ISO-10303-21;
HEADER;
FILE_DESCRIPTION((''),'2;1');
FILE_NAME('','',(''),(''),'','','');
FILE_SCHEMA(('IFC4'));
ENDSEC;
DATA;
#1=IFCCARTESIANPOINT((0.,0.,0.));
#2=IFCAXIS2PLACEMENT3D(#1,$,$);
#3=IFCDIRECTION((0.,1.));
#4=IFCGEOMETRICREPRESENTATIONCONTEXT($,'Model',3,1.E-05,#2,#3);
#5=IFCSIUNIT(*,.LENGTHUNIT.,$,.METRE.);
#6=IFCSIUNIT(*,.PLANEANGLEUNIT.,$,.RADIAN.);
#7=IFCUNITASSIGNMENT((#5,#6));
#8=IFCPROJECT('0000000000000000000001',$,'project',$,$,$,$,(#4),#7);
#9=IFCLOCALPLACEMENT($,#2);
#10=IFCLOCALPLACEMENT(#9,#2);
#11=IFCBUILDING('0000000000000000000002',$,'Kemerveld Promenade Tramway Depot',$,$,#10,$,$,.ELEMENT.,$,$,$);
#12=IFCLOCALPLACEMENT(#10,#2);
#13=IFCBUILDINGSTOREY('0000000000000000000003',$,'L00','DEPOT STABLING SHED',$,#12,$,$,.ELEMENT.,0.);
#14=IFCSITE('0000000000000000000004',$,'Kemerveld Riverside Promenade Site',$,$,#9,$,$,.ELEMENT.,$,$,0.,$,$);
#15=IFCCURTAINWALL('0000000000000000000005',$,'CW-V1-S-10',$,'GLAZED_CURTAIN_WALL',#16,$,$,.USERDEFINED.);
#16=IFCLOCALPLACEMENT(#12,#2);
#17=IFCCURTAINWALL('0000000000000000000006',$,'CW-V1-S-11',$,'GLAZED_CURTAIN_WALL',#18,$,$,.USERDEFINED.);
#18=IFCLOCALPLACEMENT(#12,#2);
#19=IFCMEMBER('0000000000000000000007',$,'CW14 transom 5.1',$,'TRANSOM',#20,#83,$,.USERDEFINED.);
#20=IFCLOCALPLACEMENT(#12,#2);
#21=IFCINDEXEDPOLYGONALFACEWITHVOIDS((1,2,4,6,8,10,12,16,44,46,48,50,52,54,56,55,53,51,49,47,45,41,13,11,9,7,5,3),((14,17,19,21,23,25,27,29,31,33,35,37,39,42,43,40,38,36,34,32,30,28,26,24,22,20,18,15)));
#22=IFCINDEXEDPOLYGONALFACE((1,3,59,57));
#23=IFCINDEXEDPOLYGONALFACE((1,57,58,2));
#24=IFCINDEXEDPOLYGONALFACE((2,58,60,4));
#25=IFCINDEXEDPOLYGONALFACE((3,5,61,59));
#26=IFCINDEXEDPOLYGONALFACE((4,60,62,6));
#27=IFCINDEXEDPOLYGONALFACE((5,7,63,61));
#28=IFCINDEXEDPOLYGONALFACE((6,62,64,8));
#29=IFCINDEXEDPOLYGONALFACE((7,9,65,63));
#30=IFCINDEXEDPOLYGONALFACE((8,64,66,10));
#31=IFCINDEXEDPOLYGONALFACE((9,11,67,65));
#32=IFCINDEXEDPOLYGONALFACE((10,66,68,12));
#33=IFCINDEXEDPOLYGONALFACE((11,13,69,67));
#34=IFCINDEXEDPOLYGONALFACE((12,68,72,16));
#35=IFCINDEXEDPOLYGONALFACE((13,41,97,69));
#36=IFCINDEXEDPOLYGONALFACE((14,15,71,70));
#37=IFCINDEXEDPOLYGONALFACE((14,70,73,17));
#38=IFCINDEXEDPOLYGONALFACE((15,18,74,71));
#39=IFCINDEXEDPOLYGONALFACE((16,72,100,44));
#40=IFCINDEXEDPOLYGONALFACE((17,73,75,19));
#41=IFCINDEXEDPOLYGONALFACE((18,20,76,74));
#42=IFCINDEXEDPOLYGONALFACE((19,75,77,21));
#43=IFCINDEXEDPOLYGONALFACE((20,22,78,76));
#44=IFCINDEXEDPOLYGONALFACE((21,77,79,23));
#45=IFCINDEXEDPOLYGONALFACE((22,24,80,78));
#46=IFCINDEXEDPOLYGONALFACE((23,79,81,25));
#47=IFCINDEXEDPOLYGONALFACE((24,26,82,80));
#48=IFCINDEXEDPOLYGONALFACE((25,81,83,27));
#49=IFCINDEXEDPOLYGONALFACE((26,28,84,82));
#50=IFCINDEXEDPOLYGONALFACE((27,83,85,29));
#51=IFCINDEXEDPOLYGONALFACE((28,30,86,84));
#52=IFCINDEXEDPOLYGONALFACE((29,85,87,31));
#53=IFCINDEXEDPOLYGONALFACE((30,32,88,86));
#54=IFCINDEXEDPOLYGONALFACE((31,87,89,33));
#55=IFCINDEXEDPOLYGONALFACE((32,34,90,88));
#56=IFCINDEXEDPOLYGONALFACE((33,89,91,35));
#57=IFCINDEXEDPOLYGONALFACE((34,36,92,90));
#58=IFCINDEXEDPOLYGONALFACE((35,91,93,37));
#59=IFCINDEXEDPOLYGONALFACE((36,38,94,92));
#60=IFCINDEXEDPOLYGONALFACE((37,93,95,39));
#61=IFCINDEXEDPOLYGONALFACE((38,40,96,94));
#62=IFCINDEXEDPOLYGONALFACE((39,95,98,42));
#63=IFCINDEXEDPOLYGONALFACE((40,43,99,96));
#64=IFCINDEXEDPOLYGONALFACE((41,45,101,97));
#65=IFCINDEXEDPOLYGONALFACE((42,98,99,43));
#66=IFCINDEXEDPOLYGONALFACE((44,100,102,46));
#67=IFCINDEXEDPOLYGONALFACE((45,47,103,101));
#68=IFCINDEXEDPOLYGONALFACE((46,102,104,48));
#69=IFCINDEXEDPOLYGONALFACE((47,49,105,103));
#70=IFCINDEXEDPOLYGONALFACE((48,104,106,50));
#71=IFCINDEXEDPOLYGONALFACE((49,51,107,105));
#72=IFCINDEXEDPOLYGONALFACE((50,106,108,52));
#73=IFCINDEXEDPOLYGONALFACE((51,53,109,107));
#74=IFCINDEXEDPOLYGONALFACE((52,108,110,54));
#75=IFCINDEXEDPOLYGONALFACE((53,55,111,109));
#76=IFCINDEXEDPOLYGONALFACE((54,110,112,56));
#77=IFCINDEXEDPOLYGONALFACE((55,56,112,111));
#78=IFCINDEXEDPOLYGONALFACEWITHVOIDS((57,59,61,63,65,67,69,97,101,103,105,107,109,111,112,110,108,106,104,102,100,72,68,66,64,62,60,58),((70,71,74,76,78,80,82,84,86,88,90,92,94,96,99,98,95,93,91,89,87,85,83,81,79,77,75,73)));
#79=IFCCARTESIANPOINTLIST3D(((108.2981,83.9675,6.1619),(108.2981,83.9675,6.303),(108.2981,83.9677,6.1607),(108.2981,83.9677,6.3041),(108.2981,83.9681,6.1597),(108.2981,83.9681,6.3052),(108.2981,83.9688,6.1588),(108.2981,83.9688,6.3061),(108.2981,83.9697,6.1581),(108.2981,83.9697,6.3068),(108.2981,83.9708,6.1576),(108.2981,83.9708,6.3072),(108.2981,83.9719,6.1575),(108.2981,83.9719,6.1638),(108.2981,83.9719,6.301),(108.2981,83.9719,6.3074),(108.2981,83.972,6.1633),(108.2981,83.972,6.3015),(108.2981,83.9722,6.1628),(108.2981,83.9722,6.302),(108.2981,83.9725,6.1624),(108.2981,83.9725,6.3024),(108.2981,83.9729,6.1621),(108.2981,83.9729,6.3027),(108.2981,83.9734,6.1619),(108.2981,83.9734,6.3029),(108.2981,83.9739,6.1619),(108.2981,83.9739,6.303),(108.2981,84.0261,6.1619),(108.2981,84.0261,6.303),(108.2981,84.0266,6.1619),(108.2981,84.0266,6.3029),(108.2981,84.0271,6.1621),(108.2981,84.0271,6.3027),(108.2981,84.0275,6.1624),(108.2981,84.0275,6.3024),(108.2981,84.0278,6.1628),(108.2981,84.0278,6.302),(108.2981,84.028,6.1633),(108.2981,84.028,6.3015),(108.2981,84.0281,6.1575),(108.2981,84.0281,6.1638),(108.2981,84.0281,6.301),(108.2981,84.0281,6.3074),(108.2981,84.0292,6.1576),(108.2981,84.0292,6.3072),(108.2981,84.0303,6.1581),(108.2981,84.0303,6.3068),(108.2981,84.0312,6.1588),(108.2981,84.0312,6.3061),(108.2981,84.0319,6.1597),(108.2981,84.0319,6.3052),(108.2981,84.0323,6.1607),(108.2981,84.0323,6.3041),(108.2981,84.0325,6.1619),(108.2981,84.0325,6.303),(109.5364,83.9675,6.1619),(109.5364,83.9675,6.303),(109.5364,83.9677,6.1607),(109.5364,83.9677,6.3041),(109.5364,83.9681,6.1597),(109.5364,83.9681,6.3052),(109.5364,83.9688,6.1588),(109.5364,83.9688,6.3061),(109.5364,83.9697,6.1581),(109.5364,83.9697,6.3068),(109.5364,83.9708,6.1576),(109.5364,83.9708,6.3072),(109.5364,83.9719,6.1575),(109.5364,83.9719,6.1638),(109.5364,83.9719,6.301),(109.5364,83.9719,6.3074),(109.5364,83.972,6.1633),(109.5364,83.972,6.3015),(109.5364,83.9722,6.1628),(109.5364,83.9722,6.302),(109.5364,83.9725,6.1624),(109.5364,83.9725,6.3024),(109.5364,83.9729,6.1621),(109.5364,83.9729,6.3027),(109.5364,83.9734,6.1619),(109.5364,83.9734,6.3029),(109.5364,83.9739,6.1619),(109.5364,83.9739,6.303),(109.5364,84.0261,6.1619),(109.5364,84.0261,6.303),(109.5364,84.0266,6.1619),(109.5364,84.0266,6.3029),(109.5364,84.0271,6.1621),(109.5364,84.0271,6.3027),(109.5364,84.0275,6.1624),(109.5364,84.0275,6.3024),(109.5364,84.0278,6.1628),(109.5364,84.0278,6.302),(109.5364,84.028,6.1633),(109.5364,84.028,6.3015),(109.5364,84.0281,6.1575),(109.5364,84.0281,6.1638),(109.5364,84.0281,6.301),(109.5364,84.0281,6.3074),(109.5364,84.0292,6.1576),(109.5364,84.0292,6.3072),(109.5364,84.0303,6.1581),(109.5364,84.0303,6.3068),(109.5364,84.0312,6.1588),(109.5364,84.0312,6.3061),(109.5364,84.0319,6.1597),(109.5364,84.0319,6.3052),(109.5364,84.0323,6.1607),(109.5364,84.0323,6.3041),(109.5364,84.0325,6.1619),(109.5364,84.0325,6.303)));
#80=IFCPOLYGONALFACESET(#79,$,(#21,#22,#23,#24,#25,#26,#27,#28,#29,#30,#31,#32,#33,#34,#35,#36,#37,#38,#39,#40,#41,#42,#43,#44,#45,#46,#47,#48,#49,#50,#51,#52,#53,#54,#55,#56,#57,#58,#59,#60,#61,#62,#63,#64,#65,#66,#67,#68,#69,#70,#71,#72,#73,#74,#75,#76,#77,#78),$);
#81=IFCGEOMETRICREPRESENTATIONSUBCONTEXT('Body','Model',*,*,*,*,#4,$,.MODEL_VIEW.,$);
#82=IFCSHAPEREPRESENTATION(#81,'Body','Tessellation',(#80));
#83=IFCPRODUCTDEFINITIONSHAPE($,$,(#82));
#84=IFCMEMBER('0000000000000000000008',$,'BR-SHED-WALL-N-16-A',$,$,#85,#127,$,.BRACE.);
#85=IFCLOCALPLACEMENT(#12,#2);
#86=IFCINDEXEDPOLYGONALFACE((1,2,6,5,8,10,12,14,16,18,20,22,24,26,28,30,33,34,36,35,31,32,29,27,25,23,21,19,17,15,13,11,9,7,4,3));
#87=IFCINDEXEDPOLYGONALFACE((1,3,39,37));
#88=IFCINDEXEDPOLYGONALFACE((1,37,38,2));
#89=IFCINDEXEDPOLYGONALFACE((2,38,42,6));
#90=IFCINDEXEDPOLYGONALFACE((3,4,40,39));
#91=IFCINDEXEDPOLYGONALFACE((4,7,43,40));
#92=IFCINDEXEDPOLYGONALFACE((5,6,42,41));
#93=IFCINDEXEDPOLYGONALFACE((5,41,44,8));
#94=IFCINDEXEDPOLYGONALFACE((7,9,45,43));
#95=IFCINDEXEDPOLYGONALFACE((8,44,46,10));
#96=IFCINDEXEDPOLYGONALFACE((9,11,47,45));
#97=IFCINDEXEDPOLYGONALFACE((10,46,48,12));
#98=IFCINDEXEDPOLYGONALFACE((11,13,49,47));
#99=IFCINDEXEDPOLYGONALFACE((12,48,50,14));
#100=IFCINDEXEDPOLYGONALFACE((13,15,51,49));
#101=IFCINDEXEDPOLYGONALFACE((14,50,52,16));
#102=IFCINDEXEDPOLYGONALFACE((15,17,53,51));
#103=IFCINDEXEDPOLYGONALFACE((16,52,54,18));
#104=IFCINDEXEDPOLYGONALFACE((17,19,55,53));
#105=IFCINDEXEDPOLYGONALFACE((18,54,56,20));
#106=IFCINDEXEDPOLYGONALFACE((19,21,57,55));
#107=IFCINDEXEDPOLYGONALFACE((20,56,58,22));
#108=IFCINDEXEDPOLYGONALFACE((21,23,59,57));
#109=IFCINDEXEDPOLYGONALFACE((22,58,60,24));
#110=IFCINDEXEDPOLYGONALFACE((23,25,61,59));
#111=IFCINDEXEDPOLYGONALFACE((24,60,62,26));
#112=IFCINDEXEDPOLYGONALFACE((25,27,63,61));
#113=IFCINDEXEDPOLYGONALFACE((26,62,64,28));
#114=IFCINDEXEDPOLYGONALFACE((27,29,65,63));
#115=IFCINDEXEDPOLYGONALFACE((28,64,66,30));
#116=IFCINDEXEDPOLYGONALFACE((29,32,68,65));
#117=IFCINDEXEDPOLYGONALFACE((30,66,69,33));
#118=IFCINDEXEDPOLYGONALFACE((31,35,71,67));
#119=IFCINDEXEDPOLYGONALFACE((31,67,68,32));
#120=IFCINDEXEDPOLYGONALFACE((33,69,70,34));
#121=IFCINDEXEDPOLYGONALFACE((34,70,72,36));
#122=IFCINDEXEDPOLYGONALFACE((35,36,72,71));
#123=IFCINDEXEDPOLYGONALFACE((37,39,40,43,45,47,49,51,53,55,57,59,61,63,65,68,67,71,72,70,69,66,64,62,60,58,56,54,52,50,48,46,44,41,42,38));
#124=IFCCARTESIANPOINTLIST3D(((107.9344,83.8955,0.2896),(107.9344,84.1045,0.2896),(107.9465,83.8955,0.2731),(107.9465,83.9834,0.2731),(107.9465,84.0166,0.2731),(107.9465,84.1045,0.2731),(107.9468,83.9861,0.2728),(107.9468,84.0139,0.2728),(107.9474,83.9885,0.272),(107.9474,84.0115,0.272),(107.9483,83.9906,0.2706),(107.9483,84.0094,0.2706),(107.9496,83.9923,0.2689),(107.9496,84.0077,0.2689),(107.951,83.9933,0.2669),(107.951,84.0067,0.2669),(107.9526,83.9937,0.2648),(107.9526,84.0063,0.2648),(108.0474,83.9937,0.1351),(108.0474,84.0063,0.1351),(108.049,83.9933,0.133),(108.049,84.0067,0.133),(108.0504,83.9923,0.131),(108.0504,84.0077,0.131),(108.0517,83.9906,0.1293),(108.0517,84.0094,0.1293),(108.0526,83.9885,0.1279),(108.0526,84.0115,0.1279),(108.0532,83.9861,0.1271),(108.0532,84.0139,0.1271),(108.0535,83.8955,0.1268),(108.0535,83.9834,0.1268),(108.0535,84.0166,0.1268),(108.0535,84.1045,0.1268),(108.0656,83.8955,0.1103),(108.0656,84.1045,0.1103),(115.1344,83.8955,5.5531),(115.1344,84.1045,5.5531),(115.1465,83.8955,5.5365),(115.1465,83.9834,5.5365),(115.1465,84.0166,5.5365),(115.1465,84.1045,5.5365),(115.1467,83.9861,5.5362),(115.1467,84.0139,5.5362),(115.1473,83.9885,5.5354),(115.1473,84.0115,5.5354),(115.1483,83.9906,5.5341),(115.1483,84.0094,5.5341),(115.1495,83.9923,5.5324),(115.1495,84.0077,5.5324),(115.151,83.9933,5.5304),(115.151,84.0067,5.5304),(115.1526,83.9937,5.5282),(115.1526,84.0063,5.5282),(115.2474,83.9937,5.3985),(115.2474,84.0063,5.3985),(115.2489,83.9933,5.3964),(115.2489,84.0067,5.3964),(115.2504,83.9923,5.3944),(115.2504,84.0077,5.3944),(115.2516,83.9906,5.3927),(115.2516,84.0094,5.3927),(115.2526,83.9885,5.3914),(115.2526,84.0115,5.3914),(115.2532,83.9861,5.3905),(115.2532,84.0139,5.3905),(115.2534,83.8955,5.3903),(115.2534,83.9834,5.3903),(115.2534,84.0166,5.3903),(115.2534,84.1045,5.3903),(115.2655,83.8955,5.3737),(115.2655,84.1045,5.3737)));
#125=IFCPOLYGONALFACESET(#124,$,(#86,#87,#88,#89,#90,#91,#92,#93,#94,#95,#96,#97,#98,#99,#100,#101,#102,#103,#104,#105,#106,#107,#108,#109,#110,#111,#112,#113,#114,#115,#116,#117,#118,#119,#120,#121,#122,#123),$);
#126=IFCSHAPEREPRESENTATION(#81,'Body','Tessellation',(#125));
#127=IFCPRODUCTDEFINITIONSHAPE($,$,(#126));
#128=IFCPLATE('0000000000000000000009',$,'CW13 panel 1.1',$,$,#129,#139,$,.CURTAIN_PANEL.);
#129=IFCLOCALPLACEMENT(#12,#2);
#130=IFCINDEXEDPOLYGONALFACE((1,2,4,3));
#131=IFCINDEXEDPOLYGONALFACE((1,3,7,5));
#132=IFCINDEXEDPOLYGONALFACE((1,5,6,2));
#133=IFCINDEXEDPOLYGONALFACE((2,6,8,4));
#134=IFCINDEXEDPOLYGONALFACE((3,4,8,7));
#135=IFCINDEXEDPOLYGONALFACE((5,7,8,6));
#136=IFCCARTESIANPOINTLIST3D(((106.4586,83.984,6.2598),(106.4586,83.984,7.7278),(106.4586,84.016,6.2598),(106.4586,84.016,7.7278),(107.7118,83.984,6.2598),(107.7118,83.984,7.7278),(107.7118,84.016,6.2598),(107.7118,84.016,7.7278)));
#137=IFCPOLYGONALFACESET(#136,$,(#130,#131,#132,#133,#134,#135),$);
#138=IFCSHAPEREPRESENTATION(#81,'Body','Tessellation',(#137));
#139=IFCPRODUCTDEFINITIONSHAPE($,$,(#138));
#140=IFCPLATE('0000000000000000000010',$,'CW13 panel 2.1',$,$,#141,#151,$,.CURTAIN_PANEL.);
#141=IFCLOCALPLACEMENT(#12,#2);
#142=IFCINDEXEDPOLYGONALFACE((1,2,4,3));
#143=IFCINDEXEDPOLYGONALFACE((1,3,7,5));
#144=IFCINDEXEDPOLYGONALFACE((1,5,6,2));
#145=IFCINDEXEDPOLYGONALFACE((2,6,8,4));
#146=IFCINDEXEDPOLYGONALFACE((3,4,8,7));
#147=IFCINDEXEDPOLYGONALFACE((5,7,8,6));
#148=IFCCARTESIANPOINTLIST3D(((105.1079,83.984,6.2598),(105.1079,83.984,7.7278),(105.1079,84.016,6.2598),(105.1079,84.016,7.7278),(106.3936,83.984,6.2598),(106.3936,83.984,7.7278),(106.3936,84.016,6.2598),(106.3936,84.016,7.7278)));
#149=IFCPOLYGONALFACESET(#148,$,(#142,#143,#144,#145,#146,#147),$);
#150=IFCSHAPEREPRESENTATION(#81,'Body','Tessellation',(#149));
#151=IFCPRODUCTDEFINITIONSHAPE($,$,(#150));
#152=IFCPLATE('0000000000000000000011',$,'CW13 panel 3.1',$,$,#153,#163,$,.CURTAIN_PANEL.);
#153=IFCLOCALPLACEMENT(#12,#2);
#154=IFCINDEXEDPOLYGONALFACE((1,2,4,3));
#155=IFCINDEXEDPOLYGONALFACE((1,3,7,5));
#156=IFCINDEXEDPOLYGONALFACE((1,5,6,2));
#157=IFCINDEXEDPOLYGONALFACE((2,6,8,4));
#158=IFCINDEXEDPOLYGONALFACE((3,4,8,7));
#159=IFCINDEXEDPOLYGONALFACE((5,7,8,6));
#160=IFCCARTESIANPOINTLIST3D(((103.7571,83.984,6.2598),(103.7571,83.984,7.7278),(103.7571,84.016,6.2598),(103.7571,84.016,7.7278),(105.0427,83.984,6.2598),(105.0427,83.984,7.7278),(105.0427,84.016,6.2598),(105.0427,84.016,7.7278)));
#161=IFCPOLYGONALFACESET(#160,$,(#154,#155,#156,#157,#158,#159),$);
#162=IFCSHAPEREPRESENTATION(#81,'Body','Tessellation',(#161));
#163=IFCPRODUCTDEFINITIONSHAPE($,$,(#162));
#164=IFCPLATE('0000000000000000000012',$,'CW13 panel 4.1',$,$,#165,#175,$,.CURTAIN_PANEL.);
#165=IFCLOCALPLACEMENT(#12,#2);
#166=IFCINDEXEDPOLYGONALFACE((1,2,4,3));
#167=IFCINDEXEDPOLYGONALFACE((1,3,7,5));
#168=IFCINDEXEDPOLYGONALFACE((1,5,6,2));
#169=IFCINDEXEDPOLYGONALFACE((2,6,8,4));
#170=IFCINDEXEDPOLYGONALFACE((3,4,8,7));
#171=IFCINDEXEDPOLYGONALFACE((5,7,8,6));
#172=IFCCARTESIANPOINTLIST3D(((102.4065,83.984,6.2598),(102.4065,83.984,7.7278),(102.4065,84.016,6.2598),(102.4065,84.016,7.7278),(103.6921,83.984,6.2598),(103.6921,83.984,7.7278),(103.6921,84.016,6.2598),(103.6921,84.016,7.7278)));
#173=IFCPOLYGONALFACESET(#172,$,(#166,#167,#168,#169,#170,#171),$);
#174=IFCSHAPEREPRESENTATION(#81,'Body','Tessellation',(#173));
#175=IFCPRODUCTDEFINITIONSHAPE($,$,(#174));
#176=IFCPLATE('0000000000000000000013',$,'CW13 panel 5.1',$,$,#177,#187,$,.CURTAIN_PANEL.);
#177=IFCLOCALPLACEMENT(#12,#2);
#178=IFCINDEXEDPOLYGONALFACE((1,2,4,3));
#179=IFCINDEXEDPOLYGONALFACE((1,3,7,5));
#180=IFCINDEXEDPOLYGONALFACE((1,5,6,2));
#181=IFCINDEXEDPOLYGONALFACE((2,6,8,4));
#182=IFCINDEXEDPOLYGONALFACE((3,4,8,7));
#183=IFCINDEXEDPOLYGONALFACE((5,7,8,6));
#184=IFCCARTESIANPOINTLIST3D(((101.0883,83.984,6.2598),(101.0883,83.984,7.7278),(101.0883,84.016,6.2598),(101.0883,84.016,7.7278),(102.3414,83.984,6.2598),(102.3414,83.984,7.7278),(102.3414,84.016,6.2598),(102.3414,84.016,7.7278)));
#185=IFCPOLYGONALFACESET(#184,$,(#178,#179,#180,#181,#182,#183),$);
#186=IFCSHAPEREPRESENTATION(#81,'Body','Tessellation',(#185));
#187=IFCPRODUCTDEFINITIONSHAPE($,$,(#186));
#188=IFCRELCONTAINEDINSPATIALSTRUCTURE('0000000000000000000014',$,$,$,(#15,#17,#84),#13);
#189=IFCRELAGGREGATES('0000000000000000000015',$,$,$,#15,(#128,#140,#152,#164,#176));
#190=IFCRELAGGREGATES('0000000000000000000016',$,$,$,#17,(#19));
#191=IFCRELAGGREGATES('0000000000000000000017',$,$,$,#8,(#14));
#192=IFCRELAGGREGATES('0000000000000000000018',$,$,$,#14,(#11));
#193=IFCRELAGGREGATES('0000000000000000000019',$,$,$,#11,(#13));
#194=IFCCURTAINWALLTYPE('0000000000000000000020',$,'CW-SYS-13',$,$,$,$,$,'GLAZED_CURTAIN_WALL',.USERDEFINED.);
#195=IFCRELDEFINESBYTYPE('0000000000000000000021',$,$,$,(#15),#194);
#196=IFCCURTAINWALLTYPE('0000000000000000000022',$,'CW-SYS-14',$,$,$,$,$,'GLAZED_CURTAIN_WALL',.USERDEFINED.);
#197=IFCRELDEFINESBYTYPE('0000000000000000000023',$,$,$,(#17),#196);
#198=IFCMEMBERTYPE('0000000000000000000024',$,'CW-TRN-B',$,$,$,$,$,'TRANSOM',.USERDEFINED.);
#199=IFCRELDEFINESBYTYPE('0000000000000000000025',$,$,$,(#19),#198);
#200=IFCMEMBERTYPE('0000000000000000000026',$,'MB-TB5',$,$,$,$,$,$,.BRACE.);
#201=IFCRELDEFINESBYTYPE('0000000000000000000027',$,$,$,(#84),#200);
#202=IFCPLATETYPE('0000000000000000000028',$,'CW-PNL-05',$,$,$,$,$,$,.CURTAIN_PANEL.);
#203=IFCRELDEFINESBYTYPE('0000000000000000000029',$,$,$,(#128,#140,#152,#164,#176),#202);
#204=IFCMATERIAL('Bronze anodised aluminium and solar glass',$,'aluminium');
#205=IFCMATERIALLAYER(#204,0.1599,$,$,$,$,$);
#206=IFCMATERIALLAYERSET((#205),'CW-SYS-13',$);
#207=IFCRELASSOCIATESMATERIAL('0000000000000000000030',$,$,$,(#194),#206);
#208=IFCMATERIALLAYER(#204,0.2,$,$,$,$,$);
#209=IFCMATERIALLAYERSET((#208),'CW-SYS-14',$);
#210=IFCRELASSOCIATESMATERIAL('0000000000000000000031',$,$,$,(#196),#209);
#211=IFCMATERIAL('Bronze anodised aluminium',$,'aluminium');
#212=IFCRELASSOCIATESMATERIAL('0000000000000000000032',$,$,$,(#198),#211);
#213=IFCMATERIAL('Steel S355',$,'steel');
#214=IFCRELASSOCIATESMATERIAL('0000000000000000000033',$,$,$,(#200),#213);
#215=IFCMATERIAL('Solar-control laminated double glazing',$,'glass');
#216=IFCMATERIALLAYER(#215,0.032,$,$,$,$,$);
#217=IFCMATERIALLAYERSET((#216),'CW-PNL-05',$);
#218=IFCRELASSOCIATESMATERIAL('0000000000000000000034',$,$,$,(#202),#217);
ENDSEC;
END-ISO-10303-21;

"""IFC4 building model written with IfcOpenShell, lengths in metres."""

from ifc_helpers import new_model, si_unit, direction, frame, origin, origin_2d, place, context, subcontext, project, spatial, rectangle, hollow_rectangle, i_section, extrude, material, layer, layer_set, material_profile, profile_set, type_object, element, aggregate, save


model = new_model("IFC4")

# Units and contexts
model_context = context("Model", 3, precision=1e-05, world=origin(), true_north=direction((0.0, 1.0)))
body_context = subcontext(model_context, "Body", "Model", "MODEL_VIEW")
ifc_project = project(units=[si_unit("LENGTHUNIT", "METRE"), si_unit("PLANEANGLEUNIT", "RADIAN")], contexts=[model_context])

# Site, building, storey
site_placement = place(None, origin())
site = spatial("IfcSite", under=ifc_project, at=site_placement, Name="Kemerveld Riverside Promenade Site", CompositionType="ELEMENT", RefElevation=0.0)
building_placement = place(site_placement, origin())
building = spatial("IfcBuilding", under=site, at=building_placement, Name="Kemerveld Promenade Tramway Depot", CompositionType="ELEMENT")
storey_placement = place(building_placement, origin())
storey = spatial("IfcBuildingStorey", under=building, at=storey_placement, Name="L00", Description="DEPOT STABLING SHED", CompositionType="ELEMENT", Elevation=0.0)

# Shared definitions
ifc_material_1 = material(Name="Steel S355", Category="steel")

# Curtain wall
ifc_material_2 = material(Name="Bronze anodised aluminium and solar glass", Category="aluminium")
ifc_layer_1 = layer(ifc_material_2, 0.1599)
ifc_layer_set_1 = layer_set([ifc_layer_1], Name="CW-SYS-13")
curtain_wall_type_1 = type_object("IfcCurtainWallType", Name="CW-SYS-13", ElementType="GLAZED_CURTAIN_WALL", PredefinedType="USERDEFINED", material=ifc_layer_set_1)
curtain_wall_1_placement = place(storey_placement, origin())
curtain_wall_1 = element("IfcCurtainWall", 1, at=curtain_wall_1_placement, inside=storey, type_object=curtain_wall_type_1, Name="CW-V1-S-10", ObjectType="GLAZED_CURTAIN_WALL", PredefinedType="USERDEFINED")
ifc_material_3 = material(Name="Bronze anodised aluminium", Category="aluminium")

# Curtain wall
ifc_layer_2 = layer(ifc_material_2, 0.2)
ifc_layer_set_2 = layer_set([ifc_layer_2], Name="CW-SYS-14")
curtain_wall_type_2 = type_object("IfcCurtainWallType", Name="CW-SYS-14", ElementType="GLAZED_CURTAIN_WALL", PredefinedType="USERDEFINED", material=ifc_layer_set_2)
curtain_wall_2_placement = place(storey_placement, origin())
curtain_wall_2 = element("IfcCurtainWall", 2, at=curtain_wall_2_placement, inside=storey, type_object=curtain_wall_type_2, Name="CW-V1-S-11", ObjectType="GLAZED_CURTAIN_WALL", PredefinedType="USERDEFINED")

# Members
ifc_material_profile_1 = material_profile(ifc_material_3, hollow_rectangle(XDim=0.0649, YDim=0.1499, WallThickness=0.0044, InnerFilletRadius=0.002, OuterFilletRadius=0.0044, at=origin_2d()), Name="CW-TRN-150x65")
ifc_profile_set_1 = profile_set([ifc_material_profile_1], Name="Bronze anodised aluminium")
member_type_1 = type_object("IfcMemberType", Name="CW-TRN-B", ElementType="TRANSOM", PredefinedType="USERDEFINED", material=ifc_profile_set_1)
member_1_placement = place(storey_placement, frame((109.5364, 84.0, 6.2324), z_axis=(-1.0, 0.0, 0.0), x_axis=(0.0, -1.0, 0.0)))
member_1 = element("IfcMember", 3, at=member_1_placement, type_object=member_type_1, Name="CW14 transom 5.1", ObjectType="TRANSOM", PredefinedType="USERDEFINED", context=body_context, shape_type="SweptSolid", body=[
    extrude(hollow_rectangle(XDim=0.0649, YDim=0.1499, WallThickness=0.0044, InnerFilletRadius=0.002, OuterFilletRadius=0.0044, at=origin_2d()), origin(), (0.0, 0.0, 1.0), 1.2383),
])
ifc_material_profile_2 = material_profile(ifc_material_1, i_section(OverallWidth=0.209, OverallDepth=0.2222, WebThickness=0.0127, FlangeThickness=0.0205, FilletRadius=0.0103, at=origin_2d()), Name="203x203x86 UC")
ifc_profile_set_2 = profile_set([ifc_material_profile_2], Name="Steel S355")
member_type_2 = type_object("IfcMemberType", Name="MB-TB5", PredefinedType="BRACE", material=ifc_profile_set_2)
member_2_placement = place(storey_placement, frame((108.0, 84.0, 0.2), z_axis=(0.807288, 0.0, 0.590157), x_axis=(0.0, 1.0, 0.0)))
element("IfcMember", 4, at=member_2_placement, inside=storey, type_object=member_type_2, Name="BR-SHED-WALL-N-16-A", PredefinedType="BRACE", context=body_context, shape_type="SweptSolid", body=[
    extrude(i_section(OverallWidth=0.209, OverallDepth=0.2222, WebThickness=0.0127, FlangeThickness=0.0205, FilletRadius=0.0103, at=origin_2d()), origin(), (0.0, 0.0, 1.0), 8.9187),
])

# Plates
ifc_material_4 = material(Name="Solar-control laminated double glazing", Category="glass")
ifc_layer_3 = layer(ifc_material_4, 0.032)
ifc_layer_set_3 = layer_set([ifc_layer_3], Name="CW-PNL-05")
plate_type_1 = type_object("IfcPlateType", Name="CW-PNL-05", PredefinedType="CURTAIN_PANEL", material=ifc_layer_set_3)
plate_1_placement = place(storey_placement, frame((107.0852, 84.0, 6.2598), z_axis=(0.0, 0.0, 1.0), x_axis=(-1.0, 0.0, 0.0)))
plate_1 = element("IfcPlate", 5, at=plate_1_placement, type_object=plate_type_1, Name="CW13 panel 1.1", PredefinedType="CURTAIN_PANEL", context=body_context, shape_type="SweptSolid", body=[
    extrude(rectangle(XDim=1.2532, YDim=0.032, at=origin_2d()), origin(), (0.0, 0.0, 1.0), 1.468),
])
plate_2_placement = place(storey_placement, frame((105.7507, 84.0, 6.2598), z_axis=(0.0, 0.0, 1.0), x_axis=(-1.0, 0.0, 0.0)))
plate_2 = element("IfcPlate", 6, at=plate_2_placement, type_object=plate_type_1, Name="CW13 panel 2.1", PredefinedType="CURTAIN_PANEL", context=body_context, shape_type="SweptSolid", body=[
    extrude(rectangle(XDim=1.2856, YDim=0.032, at=origin_2d()), origin(), (0.0, 0.0, 1.0), 1.468),
])
plate_3_placement = place(storey_placement, frame((104.3999, 84.0, 6.2598), z_axis=(0.0, 0.0, 1.0), x_axis=(-1.0, 0.0, 0.0)))
plate_3 = element("IfcPlate", 7, at=plate_3_placement, type_object=plate_type_1, Name="CW13 panel 3.1", PredefinedType="CURTAIN_PANEL", context=body_context, shape_type="SweptSolid", body=[
    extrude(rectangle(XDim=1.2856, YDim=0.032, at=origin_2d()), origin(), (0.0, 0.0, 1.0), 1.468),
])
plate_4_placement = place(storey_placement, frame((103.0493, 84.0, 6.2598), z_axis=(0.0, 0.0, 1.0), x_axis=(-1.0, 0.0, 0.0)))
plate_4 = element("IfcPlate", 8, at=plate_4_placement, type_object=plate_type_1, Name="CW13 panel 4.1", PredefinedType="CURTAIN_PANEL", context=body_context, shape_type="SweptSolid", body=[
    extrude(rectangle(XDim=1.2856, YDim=0.032, at=origin_2d()), origin(), (0.0, 0.0, 1.0), 1.468),
])
plate_5_placement = place(storey_placement, frame((101.7148, 84.0, 6.2598), z_axis=(0.0, 0.0, 1.0), x_axis=(-1.0, 0.0, 0.0)))
plate_5 = element("IfcPlate", 9, at=plate_5_placement, type_object=plate_type_1, Name="CW13 panel 5.1", PredefinedType="CURTAIN_PANEL", context=body_context, shape_type="SweptSolid", body=[
    extrude(rectangle(XDim=1.2532, YDim=0.032, at=origin_2d()), origin(), (0.0, 0.0, 1.0), 1.468),
])
aggregate(curtain_wall_1, [plate_1, plate_2, plate_3, plate_4, plate_5])
aggregate(curtain_wall_2, [member_1])

save(model, "model.ifc")
